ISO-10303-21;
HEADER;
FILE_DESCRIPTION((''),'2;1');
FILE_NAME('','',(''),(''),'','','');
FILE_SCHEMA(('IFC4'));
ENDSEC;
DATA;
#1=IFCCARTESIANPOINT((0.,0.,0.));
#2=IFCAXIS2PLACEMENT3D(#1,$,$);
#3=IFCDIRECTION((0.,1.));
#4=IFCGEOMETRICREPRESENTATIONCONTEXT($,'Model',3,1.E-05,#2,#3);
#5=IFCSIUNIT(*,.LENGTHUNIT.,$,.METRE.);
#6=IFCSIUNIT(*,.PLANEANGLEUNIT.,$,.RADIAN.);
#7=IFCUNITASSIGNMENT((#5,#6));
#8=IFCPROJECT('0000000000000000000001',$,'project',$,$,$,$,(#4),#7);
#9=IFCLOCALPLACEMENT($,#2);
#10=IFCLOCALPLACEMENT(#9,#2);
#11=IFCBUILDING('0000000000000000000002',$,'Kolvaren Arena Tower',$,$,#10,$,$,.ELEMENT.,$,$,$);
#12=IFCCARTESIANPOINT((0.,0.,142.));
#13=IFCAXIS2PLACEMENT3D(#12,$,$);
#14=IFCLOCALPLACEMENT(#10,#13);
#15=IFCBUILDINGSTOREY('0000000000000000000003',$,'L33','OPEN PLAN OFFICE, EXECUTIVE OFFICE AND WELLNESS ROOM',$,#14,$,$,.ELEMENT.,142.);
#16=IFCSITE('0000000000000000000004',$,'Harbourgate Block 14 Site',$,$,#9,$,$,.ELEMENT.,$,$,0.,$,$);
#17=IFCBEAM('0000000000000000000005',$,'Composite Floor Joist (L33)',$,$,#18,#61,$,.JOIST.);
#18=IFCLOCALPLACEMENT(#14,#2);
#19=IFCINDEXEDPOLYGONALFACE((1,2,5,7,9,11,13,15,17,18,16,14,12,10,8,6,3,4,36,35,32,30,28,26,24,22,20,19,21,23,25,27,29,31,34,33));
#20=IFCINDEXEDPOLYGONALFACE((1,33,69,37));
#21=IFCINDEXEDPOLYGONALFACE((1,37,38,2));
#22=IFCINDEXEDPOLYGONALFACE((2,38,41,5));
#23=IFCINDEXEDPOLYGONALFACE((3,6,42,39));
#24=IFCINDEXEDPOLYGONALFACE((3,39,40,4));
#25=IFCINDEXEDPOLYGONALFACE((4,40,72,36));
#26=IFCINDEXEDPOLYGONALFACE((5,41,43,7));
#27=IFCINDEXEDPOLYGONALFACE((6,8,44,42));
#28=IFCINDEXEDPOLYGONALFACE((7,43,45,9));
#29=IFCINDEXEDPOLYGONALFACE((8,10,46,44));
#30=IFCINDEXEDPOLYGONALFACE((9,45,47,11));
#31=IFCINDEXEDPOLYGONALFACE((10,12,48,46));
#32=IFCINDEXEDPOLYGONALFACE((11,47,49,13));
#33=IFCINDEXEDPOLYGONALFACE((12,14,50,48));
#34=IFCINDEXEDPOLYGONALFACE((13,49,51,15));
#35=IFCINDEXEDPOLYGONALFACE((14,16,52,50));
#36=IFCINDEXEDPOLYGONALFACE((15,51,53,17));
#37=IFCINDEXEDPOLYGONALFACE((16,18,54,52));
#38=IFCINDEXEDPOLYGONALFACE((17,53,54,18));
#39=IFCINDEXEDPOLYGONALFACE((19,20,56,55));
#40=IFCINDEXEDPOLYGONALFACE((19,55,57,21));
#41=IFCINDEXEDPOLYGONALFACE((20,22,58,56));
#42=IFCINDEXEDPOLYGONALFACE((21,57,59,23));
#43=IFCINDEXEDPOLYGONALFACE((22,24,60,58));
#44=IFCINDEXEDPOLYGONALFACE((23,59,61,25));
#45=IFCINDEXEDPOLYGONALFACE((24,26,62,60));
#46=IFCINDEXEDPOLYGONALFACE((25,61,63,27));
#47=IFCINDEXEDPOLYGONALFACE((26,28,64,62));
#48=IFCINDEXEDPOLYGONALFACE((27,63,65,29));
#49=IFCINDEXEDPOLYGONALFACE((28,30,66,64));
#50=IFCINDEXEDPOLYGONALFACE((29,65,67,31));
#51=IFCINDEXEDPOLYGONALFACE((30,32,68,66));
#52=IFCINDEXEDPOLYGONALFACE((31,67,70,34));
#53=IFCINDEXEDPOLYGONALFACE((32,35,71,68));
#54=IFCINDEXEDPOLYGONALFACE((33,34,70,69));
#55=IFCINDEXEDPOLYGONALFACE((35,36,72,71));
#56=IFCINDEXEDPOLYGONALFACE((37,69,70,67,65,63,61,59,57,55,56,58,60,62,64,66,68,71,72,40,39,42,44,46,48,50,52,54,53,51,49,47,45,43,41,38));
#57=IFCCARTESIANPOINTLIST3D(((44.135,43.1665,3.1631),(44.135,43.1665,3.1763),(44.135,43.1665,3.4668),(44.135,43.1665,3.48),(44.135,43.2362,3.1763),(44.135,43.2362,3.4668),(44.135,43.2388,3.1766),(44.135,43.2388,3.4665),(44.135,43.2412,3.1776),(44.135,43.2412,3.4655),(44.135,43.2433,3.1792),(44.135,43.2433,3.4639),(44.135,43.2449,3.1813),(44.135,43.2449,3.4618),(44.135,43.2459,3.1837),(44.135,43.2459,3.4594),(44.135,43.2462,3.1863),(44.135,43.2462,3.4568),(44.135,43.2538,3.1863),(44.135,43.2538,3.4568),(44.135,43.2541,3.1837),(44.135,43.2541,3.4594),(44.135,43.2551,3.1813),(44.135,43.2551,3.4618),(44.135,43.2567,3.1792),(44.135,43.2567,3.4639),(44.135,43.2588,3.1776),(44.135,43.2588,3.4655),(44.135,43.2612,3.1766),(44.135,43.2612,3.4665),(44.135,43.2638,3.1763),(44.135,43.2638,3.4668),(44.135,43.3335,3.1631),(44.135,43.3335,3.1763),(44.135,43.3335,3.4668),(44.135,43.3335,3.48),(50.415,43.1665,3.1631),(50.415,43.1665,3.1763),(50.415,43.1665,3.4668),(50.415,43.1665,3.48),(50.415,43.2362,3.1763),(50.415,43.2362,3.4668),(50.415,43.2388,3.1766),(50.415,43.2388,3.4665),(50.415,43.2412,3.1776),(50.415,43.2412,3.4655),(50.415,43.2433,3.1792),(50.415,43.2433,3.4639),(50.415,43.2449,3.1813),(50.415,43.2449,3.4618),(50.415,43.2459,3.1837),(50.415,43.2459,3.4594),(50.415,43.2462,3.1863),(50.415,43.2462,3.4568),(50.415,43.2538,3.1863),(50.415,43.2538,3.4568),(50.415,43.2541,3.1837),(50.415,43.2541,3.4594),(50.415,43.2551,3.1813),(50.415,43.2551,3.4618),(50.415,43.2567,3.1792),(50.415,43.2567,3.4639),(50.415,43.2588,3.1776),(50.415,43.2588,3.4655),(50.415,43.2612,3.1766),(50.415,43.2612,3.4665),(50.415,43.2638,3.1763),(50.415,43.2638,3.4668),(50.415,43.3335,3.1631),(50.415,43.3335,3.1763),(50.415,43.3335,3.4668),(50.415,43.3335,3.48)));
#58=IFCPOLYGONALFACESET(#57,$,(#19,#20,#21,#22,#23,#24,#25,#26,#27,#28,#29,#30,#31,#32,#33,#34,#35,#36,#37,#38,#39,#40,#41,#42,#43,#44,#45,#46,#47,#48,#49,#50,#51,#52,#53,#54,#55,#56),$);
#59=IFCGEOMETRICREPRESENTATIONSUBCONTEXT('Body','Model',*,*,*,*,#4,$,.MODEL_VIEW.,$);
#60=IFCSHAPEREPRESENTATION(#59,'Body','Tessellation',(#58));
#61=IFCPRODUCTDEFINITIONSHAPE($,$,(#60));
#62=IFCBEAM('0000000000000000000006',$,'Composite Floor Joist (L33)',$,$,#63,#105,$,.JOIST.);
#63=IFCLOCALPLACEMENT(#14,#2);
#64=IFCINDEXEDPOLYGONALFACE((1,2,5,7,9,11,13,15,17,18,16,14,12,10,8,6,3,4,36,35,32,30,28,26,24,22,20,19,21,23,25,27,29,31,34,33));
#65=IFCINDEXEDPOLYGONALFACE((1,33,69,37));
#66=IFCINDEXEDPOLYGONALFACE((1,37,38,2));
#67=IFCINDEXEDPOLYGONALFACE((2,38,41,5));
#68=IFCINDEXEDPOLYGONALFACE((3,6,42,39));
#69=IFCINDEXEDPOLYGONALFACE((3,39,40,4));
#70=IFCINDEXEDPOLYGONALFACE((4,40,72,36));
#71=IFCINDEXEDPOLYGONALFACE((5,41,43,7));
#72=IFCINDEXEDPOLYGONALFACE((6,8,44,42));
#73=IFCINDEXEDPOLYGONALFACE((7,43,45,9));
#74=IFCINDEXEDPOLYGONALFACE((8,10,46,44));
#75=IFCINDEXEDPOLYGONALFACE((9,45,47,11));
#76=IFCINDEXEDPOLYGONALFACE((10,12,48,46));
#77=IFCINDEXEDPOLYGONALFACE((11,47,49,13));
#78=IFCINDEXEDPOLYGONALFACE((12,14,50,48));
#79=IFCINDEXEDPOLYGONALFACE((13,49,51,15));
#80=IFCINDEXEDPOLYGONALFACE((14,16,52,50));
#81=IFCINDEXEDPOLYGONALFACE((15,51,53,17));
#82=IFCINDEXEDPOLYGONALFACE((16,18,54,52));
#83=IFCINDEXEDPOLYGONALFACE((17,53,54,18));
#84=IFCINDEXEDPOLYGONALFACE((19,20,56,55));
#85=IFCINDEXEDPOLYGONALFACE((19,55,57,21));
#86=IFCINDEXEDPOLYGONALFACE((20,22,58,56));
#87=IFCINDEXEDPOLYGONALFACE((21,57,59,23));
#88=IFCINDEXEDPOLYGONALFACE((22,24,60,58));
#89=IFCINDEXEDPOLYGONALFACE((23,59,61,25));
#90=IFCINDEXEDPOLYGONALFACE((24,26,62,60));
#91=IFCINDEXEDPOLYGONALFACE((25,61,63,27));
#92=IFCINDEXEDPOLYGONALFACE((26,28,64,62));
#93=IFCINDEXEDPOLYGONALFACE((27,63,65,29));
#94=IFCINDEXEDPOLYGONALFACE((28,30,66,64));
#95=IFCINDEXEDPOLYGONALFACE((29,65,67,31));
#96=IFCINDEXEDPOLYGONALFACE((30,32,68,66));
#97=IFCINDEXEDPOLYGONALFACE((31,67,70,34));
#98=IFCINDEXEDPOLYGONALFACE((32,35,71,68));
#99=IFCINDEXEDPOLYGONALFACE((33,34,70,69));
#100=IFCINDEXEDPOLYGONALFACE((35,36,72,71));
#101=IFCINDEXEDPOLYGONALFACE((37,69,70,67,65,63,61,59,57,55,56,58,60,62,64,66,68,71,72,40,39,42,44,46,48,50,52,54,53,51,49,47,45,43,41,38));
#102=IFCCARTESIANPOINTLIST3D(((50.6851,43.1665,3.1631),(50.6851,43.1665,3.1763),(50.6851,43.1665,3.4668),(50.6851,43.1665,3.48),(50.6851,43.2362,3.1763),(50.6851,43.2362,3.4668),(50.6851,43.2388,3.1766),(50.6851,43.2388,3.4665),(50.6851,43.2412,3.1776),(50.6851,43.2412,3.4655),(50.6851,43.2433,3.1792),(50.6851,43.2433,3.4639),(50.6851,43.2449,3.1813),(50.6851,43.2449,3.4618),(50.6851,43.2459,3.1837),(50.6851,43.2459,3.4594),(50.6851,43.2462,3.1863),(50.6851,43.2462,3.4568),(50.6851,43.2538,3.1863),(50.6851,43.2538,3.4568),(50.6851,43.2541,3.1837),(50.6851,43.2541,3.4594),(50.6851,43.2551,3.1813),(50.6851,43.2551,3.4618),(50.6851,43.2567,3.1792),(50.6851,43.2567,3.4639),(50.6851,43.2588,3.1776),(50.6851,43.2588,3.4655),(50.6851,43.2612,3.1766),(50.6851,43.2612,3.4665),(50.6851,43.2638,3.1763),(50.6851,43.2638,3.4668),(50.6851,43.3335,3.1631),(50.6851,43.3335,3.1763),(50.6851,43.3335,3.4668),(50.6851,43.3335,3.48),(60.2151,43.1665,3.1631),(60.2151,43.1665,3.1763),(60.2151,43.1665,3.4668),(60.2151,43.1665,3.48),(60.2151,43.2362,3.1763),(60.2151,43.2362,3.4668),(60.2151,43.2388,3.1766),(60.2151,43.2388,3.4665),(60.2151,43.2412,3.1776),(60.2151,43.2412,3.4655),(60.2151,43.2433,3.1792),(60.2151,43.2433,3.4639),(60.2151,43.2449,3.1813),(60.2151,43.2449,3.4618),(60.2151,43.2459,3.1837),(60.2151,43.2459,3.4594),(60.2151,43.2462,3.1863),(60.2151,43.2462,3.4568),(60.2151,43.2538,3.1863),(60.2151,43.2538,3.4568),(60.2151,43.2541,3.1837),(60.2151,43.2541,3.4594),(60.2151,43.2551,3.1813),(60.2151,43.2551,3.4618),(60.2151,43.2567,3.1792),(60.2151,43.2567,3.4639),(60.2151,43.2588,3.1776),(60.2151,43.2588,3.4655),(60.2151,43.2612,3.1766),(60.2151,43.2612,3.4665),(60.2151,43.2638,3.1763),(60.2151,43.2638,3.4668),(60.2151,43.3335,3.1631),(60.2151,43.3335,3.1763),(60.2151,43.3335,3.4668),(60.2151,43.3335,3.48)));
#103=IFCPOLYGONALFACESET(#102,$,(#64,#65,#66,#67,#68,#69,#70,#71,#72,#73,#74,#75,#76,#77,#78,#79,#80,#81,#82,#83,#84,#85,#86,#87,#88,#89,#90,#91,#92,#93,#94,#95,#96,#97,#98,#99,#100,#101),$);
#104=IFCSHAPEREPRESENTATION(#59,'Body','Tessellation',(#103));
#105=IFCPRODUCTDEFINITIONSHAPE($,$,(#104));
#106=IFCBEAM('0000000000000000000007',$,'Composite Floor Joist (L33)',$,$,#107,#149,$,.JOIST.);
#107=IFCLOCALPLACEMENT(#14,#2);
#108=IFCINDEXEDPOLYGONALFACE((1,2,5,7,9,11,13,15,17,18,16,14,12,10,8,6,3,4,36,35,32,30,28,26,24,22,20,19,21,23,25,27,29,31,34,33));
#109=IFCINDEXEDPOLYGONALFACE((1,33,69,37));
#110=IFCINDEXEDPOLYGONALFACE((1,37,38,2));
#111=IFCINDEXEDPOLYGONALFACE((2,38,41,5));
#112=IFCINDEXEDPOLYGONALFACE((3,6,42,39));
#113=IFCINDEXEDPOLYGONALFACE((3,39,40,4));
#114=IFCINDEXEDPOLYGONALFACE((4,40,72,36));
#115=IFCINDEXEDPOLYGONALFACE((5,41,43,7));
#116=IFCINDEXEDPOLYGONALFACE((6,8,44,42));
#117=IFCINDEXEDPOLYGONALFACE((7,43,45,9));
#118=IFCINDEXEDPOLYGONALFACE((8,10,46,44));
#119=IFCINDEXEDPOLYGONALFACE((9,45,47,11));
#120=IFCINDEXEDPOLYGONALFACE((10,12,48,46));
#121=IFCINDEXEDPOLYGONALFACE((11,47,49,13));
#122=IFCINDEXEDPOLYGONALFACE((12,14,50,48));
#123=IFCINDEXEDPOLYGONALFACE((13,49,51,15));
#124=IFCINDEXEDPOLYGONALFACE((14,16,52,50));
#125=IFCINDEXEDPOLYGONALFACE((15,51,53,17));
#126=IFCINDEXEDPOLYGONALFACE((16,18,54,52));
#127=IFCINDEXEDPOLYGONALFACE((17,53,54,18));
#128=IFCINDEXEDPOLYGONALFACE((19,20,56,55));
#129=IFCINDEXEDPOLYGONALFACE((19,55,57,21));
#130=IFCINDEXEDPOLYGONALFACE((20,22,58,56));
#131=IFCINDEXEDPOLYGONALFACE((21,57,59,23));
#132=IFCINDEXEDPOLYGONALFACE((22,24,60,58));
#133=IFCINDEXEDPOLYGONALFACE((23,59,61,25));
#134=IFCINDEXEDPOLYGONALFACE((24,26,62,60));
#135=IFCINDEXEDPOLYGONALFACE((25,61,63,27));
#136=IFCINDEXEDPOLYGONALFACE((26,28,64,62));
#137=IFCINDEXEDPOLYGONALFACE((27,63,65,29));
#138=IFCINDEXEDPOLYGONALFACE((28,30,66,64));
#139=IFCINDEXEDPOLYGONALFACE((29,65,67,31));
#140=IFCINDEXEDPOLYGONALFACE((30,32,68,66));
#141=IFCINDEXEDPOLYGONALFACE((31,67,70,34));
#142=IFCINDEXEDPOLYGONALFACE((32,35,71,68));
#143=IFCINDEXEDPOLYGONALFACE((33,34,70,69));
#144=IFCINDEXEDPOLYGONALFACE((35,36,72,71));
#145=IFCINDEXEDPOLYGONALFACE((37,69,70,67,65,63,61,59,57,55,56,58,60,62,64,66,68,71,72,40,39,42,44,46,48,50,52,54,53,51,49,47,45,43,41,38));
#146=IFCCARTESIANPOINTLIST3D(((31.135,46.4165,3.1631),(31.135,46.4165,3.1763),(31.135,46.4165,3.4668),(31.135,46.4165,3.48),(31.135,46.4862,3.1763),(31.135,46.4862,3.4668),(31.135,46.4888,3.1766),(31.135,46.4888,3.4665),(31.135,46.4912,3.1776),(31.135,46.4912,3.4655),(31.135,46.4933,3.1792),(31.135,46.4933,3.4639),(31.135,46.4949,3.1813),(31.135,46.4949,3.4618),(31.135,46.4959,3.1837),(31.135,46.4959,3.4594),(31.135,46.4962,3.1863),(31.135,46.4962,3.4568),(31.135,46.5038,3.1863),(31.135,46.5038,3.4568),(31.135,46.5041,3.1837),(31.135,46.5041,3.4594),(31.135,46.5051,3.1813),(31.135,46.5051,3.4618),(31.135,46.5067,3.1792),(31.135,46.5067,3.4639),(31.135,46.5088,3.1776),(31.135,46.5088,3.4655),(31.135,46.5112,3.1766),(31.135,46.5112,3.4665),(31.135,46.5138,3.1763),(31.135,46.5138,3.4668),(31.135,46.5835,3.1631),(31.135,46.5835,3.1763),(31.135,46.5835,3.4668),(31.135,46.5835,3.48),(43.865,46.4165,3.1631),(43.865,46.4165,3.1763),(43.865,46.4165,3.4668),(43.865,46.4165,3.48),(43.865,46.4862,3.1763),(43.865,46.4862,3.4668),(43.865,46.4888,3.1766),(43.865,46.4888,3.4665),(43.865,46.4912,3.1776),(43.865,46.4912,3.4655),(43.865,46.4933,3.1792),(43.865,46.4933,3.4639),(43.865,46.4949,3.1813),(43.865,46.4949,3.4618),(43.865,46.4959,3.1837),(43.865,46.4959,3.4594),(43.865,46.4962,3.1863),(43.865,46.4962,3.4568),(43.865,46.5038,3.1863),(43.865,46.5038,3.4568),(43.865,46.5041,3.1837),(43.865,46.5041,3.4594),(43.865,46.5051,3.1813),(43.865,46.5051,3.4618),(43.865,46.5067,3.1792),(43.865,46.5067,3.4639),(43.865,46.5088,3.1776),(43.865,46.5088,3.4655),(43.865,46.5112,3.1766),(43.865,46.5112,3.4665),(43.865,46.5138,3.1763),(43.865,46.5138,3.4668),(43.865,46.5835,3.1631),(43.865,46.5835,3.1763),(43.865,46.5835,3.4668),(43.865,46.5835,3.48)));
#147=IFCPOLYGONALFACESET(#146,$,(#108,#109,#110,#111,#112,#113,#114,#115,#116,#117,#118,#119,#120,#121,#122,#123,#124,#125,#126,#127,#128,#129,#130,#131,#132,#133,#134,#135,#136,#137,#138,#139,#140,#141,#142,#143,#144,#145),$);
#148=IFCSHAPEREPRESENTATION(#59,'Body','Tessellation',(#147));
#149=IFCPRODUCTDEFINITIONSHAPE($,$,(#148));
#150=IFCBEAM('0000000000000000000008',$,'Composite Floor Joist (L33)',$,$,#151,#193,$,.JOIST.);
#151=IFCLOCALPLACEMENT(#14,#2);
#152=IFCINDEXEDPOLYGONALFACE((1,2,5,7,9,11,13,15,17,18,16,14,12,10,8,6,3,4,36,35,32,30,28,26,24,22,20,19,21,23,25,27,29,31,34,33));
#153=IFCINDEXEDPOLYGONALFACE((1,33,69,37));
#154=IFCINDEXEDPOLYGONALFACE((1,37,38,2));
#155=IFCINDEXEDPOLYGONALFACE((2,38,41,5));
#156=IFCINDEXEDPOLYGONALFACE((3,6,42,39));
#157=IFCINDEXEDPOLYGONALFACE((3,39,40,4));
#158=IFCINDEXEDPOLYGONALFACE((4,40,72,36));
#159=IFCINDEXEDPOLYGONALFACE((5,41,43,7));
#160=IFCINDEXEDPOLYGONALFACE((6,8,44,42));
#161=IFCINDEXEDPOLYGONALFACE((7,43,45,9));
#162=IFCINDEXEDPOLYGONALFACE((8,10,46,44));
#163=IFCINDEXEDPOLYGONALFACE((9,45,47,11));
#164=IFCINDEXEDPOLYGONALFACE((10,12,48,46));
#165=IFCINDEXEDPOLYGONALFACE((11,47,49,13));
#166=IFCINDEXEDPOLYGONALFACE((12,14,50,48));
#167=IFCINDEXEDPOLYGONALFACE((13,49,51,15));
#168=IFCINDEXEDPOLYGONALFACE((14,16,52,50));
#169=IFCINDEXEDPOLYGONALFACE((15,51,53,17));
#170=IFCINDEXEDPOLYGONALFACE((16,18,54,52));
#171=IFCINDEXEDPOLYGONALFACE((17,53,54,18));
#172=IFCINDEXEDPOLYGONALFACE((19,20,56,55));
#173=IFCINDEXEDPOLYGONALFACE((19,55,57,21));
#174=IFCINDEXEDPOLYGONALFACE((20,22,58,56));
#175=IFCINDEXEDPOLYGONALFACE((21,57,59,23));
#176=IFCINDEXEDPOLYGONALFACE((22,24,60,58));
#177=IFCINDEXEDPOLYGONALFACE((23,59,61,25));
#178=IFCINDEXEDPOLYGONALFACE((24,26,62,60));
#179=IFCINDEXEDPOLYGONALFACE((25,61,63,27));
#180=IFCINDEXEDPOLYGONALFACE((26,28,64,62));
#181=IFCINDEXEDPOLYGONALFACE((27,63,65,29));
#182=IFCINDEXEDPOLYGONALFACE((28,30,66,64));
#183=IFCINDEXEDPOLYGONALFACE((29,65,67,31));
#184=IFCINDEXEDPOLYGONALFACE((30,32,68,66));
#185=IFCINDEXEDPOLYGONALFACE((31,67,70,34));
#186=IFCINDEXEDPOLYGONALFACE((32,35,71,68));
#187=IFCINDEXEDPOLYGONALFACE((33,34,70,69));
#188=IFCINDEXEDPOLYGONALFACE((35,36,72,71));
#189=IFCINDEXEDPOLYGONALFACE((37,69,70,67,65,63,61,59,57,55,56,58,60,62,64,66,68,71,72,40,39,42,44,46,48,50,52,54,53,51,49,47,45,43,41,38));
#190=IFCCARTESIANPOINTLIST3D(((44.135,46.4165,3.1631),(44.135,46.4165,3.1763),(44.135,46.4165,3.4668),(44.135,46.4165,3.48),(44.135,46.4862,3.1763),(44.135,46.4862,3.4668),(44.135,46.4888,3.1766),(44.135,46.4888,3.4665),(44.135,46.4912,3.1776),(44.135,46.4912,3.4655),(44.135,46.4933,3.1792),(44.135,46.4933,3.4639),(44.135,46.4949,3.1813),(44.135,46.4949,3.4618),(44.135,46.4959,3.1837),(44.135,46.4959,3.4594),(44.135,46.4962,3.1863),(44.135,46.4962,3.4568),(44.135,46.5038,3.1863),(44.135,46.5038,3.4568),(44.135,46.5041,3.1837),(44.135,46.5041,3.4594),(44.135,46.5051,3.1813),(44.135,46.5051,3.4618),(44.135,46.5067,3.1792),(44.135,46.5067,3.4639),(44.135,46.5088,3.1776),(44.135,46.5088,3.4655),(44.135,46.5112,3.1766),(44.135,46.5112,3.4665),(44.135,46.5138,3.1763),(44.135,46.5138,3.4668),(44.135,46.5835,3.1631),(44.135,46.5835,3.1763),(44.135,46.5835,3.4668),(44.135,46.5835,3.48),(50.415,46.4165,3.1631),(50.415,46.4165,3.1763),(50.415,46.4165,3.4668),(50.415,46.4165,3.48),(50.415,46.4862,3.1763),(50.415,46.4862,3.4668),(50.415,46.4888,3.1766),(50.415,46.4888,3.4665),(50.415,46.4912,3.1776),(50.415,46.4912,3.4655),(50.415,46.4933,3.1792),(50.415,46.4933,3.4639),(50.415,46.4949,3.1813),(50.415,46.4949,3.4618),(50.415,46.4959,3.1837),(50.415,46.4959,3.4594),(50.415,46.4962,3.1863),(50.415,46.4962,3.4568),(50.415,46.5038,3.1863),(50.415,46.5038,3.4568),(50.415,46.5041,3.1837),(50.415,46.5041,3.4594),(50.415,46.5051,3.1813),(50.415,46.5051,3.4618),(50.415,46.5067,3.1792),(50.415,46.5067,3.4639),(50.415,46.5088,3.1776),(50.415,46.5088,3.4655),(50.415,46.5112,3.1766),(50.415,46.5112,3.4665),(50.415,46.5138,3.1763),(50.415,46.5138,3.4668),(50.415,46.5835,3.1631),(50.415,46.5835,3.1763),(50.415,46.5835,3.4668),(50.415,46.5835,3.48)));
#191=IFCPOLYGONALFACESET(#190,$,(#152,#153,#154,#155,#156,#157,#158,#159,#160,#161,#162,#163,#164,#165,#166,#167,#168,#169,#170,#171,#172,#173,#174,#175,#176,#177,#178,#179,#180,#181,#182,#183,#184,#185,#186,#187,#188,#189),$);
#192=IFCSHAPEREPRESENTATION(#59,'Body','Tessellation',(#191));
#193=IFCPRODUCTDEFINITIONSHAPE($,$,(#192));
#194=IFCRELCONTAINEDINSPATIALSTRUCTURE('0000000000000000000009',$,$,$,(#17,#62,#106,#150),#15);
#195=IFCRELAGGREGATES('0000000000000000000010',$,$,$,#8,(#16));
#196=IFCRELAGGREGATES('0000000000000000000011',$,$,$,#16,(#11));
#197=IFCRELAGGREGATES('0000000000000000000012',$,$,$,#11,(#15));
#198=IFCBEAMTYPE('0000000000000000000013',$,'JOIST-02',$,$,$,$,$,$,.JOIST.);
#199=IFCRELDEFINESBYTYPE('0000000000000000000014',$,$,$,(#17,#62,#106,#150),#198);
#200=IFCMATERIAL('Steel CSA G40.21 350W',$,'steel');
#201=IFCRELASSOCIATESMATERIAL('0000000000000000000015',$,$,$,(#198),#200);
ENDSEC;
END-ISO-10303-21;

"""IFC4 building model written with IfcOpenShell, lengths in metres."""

from ifc_helpers import new_model, si_unit, direction, frame, origin, origin_2d, place, context, subcontext, project, spatial, i_section, extrude, material, material_profile, profile_set, type_object, element, save


model = new_model("IFC4")

# Units and contexts
model_context = context("Model", 3, precision=1e-05, world=origin(), true_north=direction((0.0, 1.0)))
body_context = subcontext(model_context, "Body", "Model", "MODEL_VIEW")
ifc_project = project(units=[si_unit("LENGTHUNIT", "METRE"), si_unit("PLANEANGLEUNIT", "RADIAN")], contexts=[model_context])

# Site, building, storey
site_placement = place(None, origin())
site = spatial("IfcSite", under=ifc_project, at=site_placement, Name="Harbourgate Block 14 Site", CompositionType="ELEMENT", RefElevation=0.0)
building_placement = place(site_placement, origin())
building = spatial("IfcBuilding", under=site, at=building_placement, Name="Kolvaren Arena Tower", CompositionType="ELEMENT")
storey_placement = place(building_placement, frame((0.0, 0.0, 142.0)))
storey = spatial("IfcBuildingStorey", under=building, at=storey_placement, Name="L33", Description="OPEN PLAN OFFICE, EXECUTIVE OFFICE AND WELLNESS ROOM", CompositionType="ELEMENT", Elevation=142.0)

# Beams
ifc_material_1 = material(Name="Steel CSA G40.21 350W", Category="steel")
ifc_material_profile_1 = material_profile(ifc_material_1, i_section(OverallWidth=0.167, OverallDepth=0.3169, WebThickness=0.0076, FlangeThickness=0.0132, FilletRadius=0.01, at=origin_2d()), Name="W310x52")
ifc_profile_set_1 = profile_set([ifc_material_profile_1], Name="Steel CSA G40.21 350W")
beam_type_1 = type_object("IfcBeamType", Name="JOIST-02", PredefinedType="JOIST", material=ifc_profile_set_1)
beam_1_placement = place(storey_placement, frame((44.135, 43.25, 3.3215), z_axis=(1.0, 0.0, 0.0), x_axis=(0.0, 1.0, 0.0)))
element("IfcBeam", 1, at=beam_1_placement, inside=storey, type_object=beam_type_1, Name="Composite Floor Joist (L33)", PredefinedType="JOIST", context=body_context, shape_type="SweptSolid", body=[
    extrude(i_section(OverallWidth=0.167, OverallDepth=0.3169, WebThickness=0.0076, FlangeThickness=0.0132, FilletRadius=0.01, at=origin_2d()), origin(), (0.0, 0.0, 1.0), 6.28),
])
beam_2_placement = place(storey_placement, frame((50.6851, 43.25, 3.3215), z_axis=(1.0, 0.0, 0.0), x_axis=(0.0, 1.0, 0.0)))
element("IfcBeam", 2, at=beam_2_placement, inside=storey, type_object=beam_type_1, Name="Composite Floor Joist (L33)", PredefinedType="JOIST", context=body_context, shape_type="SweptSolid", body=[
    extrude(i_section(OverallWidth=0.167, OverallDepth=0.3169, WebThickness=0.0076, FlangeThickness=0.0132, FilletRadius=0.01, at=origin_2d()), origin(), (0.0, 0.0, 1.0), 9.53),
])
beam_3_placement = place(storey_placement, frame((31.135, 46.5, 3.3215), z_axis=(1.0, 0.0, 0.0), x_axis=(0.0, 1.0, 0.0)))
element("IfcBeam", 3, at=beam_3_placement, inside=storey, type_object=beam_type_1, Name="Composite Floor Joist (L33)", PredefinedType="JOIST", context=body_context, shape_type="SweptSolid", body=[
    extrude(i_section(OverallWidth=0.167, OverallDepth=0.3169, WebThickness=0.0076, FlangeThickness=0.0132, FilletRadius=0.01, at=origin_2d()), origin(), (0.0, 0.0, 1.0), 12.73),
])
beam_4_placement = place(storey_placement, frame((44.135, 46.5, 3.3215), z_axis=(1.0, 0.0, 0.0), x_axis=(0.0, 1.0, 0.0)))
element("IfcBeam", 4, at=beam_4_placement, inside=storey, type_object=beam_type_1, Name="Composite Floor Joist (L33)", PredefinedType="JOIST", context=body_context, shape_type="SweptSolid", body=[
    extrude(i_section(OverallWidth=0.167, OverallDepth=0.3169, WebThickness=0.0076, FlangeThickness=0.0132, FilletRadius=0.01, at=origin_2d()), origin(), (0.0, 0.0, 1.0), 6.28),
])

save(model, "model.ifc")
